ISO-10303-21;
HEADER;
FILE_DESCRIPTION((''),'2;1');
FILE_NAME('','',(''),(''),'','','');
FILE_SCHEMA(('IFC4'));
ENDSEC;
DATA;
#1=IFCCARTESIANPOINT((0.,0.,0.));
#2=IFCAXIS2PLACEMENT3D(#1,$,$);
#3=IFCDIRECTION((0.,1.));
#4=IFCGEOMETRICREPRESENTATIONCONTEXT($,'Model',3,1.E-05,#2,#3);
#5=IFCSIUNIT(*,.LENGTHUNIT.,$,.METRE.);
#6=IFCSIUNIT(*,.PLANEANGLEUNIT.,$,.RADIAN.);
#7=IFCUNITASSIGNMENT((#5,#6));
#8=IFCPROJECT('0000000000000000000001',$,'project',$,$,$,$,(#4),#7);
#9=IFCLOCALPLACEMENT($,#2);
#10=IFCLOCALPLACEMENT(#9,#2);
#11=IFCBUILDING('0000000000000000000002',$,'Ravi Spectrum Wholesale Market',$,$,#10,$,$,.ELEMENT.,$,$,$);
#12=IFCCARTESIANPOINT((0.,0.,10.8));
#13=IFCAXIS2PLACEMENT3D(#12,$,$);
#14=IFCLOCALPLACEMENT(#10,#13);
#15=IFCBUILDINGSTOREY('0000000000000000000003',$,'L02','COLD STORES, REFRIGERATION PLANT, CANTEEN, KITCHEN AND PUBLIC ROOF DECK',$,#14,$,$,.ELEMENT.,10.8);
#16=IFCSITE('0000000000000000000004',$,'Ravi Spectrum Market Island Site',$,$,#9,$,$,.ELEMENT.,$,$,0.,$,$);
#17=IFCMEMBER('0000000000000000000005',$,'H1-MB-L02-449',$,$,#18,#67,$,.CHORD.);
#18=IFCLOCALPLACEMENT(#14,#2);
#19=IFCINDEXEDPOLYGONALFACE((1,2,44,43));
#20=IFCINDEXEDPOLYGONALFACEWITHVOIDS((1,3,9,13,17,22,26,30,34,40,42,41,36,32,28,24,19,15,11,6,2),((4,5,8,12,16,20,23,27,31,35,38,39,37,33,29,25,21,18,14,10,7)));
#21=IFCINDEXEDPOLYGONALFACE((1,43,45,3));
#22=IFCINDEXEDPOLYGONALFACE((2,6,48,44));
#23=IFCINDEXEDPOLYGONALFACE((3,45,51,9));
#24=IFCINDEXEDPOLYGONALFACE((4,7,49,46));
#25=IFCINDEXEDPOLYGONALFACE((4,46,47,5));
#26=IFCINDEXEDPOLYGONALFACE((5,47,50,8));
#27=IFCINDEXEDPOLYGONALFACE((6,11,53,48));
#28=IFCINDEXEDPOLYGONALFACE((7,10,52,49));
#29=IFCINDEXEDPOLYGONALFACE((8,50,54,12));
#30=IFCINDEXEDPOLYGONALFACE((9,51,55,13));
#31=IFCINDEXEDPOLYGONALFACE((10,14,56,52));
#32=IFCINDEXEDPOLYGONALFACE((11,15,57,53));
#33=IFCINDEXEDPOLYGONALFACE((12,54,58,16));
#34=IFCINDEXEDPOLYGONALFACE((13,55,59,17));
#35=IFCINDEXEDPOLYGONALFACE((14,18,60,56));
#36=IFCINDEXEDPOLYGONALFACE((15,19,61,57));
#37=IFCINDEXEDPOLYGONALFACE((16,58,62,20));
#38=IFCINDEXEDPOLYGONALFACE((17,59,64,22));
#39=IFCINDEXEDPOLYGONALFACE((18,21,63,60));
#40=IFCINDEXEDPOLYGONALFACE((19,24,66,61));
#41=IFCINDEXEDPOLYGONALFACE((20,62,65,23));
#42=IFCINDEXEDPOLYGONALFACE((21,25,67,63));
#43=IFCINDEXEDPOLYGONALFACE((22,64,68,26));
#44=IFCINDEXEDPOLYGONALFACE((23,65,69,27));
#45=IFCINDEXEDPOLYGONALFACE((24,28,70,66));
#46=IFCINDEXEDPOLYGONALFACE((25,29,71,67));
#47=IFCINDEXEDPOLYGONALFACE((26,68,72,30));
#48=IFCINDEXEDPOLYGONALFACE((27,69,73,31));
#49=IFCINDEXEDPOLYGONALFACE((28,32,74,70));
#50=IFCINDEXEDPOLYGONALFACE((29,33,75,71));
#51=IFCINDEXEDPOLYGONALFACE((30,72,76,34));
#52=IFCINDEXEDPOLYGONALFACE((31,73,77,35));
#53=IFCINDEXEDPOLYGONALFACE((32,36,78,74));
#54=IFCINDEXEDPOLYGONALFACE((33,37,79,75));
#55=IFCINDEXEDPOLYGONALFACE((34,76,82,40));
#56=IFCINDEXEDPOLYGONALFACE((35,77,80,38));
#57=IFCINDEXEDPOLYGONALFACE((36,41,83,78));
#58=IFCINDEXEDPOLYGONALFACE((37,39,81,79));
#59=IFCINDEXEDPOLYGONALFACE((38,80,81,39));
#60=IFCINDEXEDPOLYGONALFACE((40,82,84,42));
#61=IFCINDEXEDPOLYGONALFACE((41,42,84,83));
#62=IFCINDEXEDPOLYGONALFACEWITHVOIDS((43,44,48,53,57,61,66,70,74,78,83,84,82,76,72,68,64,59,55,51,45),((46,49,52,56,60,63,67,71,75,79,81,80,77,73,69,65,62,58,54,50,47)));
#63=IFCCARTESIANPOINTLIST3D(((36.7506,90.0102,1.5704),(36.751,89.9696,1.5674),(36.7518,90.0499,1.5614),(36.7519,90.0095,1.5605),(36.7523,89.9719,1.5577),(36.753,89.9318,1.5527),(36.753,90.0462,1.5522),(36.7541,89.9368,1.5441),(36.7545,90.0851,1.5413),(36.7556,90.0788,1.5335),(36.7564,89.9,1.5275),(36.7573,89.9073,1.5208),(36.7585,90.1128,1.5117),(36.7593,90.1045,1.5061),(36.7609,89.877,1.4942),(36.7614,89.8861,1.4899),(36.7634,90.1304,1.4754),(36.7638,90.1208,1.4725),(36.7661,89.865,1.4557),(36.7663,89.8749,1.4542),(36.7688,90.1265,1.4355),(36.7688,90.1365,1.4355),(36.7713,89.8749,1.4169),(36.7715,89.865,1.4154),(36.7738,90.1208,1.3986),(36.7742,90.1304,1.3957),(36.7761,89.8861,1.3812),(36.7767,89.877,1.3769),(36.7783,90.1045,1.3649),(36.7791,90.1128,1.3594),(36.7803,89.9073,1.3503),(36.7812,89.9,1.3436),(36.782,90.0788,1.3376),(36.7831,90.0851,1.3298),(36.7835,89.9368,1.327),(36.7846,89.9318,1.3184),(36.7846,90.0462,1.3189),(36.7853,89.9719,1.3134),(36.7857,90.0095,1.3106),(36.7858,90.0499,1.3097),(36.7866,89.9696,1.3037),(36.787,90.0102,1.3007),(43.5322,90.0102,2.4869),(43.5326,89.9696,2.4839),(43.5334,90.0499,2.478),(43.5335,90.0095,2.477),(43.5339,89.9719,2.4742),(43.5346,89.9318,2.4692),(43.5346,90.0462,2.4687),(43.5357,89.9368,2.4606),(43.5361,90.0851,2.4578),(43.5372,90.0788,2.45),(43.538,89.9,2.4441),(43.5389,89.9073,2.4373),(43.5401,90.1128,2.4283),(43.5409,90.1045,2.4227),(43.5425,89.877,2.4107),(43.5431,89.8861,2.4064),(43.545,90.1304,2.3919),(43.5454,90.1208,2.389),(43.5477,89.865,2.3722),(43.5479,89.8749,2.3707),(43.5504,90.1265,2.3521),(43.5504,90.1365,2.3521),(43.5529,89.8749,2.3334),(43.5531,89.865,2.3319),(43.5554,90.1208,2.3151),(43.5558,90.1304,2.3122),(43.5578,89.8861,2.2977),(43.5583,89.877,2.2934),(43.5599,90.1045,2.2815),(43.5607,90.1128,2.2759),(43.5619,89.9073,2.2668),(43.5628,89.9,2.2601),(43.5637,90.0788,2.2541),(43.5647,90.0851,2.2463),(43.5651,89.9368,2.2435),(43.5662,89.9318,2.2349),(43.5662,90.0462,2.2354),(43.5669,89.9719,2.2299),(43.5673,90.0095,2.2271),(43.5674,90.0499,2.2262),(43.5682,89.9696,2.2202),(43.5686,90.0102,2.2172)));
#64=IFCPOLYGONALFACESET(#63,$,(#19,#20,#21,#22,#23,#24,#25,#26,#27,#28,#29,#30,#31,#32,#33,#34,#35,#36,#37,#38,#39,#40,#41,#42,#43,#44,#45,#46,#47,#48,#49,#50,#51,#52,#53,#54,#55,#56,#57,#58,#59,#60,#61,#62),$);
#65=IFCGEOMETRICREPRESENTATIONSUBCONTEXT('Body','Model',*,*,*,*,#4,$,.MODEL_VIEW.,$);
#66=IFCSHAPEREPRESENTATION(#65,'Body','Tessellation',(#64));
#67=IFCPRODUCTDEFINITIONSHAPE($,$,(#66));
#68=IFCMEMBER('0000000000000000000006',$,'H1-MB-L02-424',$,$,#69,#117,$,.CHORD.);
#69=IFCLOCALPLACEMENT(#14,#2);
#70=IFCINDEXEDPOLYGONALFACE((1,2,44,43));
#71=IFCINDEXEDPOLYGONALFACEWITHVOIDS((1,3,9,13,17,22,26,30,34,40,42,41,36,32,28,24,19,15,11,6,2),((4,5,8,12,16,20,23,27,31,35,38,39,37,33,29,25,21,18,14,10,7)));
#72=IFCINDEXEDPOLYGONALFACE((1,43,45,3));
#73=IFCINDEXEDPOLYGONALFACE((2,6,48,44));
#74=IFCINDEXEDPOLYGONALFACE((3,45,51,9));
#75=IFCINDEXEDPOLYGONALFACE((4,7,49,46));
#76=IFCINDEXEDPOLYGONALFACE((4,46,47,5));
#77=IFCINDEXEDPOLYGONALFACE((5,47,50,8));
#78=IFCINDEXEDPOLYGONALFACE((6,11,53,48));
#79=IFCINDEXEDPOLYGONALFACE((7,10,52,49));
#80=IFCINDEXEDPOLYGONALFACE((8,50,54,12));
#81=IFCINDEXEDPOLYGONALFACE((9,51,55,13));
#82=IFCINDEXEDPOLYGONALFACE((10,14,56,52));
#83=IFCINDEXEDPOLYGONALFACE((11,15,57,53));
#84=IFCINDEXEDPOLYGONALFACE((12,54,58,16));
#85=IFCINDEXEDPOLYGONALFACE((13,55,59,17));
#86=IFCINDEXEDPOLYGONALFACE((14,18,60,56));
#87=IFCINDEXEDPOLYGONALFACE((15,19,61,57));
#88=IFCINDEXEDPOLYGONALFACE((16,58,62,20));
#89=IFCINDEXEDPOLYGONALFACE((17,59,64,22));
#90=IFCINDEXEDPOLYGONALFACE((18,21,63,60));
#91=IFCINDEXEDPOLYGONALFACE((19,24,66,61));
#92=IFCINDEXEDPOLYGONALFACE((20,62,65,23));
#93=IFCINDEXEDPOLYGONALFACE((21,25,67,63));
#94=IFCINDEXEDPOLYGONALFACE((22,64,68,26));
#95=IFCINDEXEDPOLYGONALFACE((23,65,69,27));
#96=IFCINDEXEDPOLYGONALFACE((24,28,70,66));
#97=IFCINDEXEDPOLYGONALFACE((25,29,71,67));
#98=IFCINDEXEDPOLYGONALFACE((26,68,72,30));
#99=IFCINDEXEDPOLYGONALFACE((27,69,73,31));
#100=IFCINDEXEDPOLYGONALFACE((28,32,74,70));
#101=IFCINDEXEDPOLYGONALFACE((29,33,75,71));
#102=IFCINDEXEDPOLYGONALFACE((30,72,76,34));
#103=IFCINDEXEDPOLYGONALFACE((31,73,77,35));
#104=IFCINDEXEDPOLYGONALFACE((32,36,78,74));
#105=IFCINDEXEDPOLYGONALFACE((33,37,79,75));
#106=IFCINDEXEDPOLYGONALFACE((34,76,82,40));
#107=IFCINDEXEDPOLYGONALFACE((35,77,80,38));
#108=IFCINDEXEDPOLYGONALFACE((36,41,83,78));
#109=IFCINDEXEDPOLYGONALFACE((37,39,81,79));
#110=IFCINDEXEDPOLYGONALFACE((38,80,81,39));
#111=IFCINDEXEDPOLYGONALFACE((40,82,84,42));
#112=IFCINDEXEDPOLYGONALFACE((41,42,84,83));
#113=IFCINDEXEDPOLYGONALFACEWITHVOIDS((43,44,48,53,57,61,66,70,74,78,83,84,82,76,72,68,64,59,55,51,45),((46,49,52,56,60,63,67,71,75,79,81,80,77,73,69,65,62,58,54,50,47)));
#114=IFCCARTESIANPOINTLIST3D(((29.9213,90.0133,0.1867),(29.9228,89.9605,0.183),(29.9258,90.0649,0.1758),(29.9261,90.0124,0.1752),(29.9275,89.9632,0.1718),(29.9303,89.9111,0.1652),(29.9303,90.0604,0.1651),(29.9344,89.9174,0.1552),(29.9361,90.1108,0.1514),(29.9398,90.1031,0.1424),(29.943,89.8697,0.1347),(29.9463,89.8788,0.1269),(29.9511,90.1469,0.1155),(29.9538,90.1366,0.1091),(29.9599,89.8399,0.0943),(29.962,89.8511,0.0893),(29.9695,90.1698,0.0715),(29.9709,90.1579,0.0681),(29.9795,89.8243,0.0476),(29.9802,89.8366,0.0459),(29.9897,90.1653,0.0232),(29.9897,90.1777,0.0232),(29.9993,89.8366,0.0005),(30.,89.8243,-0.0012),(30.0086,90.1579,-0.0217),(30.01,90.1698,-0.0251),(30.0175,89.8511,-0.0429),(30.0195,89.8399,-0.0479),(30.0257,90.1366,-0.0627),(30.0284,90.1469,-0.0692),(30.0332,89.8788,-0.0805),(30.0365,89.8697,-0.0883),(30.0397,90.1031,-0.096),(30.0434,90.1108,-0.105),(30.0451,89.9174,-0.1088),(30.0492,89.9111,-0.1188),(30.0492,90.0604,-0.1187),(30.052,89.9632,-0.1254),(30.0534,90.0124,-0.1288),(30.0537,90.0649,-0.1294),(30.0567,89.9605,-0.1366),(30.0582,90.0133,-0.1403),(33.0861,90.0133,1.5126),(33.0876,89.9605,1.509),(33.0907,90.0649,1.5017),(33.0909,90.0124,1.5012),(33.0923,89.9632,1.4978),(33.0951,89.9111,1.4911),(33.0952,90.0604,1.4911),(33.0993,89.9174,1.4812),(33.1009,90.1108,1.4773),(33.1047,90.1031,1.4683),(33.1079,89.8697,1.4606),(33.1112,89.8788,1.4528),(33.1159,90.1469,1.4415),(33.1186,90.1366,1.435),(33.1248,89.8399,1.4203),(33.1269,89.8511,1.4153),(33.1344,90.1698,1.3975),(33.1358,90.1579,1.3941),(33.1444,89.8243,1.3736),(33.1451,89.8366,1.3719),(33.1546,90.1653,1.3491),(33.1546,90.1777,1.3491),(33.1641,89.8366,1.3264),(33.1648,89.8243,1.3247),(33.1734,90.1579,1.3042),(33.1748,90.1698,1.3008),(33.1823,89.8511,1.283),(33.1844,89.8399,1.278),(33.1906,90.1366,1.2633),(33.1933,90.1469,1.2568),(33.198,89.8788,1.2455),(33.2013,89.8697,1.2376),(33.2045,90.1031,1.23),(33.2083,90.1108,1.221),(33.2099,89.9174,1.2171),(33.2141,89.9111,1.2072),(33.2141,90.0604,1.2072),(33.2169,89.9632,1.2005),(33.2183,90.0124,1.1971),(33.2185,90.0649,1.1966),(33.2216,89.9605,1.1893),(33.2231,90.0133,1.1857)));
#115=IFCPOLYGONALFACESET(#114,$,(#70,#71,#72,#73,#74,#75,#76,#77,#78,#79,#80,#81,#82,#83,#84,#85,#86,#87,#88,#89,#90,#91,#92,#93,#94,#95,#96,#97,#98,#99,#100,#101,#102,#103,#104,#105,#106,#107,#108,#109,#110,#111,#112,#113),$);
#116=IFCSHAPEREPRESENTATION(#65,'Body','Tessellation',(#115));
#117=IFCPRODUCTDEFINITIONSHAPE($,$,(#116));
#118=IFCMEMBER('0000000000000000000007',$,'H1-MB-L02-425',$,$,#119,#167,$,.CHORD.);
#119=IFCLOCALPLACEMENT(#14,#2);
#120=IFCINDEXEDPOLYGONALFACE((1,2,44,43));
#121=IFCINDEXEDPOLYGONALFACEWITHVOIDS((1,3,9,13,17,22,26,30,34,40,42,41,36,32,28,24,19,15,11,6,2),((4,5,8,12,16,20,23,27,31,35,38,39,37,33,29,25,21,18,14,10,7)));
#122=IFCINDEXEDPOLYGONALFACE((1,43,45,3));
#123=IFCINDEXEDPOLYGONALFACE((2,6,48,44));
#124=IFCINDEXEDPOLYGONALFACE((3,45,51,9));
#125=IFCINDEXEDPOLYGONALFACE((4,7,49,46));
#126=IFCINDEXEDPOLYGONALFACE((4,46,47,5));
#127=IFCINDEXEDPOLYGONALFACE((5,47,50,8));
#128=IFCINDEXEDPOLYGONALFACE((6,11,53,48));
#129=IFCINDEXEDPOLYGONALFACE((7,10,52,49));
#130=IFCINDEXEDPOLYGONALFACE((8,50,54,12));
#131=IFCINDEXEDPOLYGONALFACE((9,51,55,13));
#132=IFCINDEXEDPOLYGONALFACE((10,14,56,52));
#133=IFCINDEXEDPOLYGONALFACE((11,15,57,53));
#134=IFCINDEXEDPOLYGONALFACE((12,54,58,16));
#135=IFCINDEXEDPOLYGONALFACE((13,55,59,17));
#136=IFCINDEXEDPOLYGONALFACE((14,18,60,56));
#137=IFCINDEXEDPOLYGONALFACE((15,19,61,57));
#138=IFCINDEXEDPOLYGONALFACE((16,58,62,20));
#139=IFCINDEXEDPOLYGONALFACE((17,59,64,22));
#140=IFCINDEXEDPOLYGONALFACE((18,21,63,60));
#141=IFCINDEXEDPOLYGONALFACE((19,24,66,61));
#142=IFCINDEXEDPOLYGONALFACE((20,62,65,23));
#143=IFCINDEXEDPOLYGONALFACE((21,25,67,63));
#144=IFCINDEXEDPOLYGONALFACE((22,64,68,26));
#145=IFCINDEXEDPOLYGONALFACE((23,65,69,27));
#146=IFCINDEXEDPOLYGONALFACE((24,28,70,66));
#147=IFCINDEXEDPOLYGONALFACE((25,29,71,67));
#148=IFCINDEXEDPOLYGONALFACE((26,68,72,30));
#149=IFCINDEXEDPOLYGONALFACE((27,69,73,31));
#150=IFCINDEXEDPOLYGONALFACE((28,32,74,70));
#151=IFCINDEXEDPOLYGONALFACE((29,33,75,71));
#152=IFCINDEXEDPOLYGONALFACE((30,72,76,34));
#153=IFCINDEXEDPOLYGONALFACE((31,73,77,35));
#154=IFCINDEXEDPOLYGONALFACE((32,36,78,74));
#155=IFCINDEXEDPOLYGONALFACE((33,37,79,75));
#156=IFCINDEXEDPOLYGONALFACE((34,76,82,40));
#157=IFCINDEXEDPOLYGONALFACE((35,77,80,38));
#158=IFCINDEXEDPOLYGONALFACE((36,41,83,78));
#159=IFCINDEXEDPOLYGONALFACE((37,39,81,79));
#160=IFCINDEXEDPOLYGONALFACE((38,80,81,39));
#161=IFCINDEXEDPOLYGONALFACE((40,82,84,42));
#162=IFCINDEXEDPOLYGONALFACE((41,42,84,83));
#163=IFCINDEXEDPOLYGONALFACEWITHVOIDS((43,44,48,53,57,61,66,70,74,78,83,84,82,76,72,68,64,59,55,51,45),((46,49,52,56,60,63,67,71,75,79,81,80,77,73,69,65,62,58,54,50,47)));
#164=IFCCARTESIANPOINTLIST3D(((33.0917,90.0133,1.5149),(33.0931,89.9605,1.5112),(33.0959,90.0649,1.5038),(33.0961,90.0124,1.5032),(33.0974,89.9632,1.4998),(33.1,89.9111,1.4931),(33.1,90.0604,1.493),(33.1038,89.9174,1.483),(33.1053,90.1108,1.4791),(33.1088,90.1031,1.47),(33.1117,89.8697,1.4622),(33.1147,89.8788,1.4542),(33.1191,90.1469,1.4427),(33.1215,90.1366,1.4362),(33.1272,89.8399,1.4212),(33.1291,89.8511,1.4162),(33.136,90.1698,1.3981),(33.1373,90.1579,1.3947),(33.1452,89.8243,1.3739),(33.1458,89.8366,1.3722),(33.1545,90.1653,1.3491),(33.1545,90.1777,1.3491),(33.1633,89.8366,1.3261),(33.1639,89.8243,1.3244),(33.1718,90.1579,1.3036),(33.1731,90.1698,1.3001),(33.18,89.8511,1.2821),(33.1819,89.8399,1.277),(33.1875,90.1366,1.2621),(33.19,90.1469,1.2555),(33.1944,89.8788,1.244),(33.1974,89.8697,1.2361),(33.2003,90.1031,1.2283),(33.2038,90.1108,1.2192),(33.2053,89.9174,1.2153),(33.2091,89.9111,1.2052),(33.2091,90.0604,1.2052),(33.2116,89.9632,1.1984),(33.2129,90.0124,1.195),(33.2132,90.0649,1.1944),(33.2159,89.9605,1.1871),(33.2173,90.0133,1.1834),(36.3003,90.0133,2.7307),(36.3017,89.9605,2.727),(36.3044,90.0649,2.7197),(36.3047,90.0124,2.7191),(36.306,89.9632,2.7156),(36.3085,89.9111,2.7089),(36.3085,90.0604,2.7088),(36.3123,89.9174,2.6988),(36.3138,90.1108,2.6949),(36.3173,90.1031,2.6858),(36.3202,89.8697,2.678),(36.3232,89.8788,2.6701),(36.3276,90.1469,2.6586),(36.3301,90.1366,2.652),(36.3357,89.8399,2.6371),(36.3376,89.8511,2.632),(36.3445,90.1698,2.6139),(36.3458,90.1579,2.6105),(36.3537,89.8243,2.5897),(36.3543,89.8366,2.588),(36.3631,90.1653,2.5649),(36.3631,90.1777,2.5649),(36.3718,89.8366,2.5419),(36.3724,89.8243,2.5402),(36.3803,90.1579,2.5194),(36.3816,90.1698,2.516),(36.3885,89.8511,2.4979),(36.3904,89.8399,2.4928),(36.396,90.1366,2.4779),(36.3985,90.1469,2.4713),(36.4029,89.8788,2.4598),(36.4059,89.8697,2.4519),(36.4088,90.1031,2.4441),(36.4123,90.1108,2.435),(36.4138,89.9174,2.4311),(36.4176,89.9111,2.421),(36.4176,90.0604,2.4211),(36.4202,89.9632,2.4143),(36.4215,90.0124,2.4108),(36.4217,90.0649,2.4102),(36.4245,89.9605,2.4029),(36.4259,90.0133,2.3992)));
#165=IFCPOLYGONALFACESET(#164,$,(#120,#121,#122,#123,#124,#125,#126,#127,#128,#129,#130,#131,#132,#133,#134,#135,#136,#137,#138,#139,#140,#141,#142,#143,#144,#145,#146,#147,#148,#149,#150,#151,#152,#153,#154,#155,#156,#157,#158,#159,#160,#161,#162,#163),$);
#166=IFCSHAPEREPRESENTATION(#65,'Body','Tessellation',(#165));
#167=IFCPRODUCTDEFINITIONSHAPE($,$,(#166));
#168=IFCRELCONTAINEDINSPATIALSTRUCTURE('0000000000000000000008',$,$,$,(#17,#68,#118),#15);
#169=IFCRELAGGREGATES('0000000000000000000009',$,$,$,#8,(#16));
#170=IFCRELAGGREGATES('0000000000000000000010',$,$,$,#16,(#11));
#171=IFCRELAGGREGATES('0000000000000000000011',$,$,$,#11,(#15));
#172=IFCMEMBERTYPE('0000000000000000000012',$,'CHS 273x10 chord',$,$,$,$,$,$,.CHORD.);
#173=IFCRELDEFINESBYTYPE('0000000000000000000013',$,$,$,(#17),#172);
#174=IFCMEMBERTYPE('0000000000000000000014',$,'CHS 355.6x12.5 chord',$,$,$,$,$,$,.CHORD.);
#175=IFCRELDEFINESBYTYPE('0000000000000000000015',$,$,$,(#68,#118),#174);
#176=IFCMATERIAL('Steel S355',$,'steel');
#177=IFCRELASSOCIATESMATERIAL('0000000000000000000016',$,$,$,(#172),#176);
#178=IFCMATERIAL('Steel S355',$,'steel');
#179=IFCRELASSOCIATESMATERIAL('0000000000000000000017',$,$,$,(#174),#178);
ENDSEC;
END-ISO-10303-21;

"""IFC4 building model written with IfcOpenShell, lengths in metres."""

from ifc_helpers import new_model, si_unit, direction, frame, origin, origin_2d, place, context, subcontext, project, spatial, hollow_circle, extrude, material, material_profile, profile_set, type_object, element, save


model = new_model("IFC4")

# Units and contexts
model_context = context("Model", 3, precision=1e-05, world=origin(), true_north=direction((0.0, 1.0)))
body_context = subcontext(model_context, "Body", "Model", "MODEL_VIEW")
ifc_project = project(units=[si_unit("LENGTHUNIT", "METRE"), si_unit("PLANEANGLEUNIT", "RADIAN")], contexts=[model_context])

# Site, building, storey
site_placement = place(None, origin())
site = spatial("IfcSite", under=ifc_project, at=site_placement, Name="Ravi Spectrum Market Island Site", CompositionType="ELEMENT", RefElevation=0.0)
building_placement = place(site_placement, origin())
building = spatial("IfcBuilding", under=site, at=building_placement, Name="Ravi Spectrum Wholesale Market", CompositionType="ELEMENT")
storey_placement = place(building_placement, frame((0.0, 0.0, 10.8)))
storey = spatial("IfcBuildingStorey", under=building, at=storey_placement, Name="L02", Description="COLD STORES, REFRIGERATION PLANT, CANTEEN, KITCHEN AND PUBLIC ROOF DECK", CompositionType="ELEMENT", Elevation=10.8)

# Members
ifc_material_1 = material(Name="Steel S355", Category="steel")
ifc_material_profile_1 = material_profile(ifc_material_1, hollow_circle(Radius=0.1365, WallThickness=0.01, at=origin_2d()))
ifc_profile_set_1 = profile_set([ifc_material_profile_1], Name="Steel S355")
member_type_1 = type_object("IfcMemberType", Name="CHS 273x10 chord", PredefinedType="CHORD", material=ifc_profile_set_1)
member_1_placement = place(storey_placement, frame((36.7688, 90.0, 1.4355), z_axis=(0.990991, 0.0, 0.13393), x_axis=(0.0, 1.0, 0.0)))
element("IfcMember", 1, at=member_1_placement, inside=storey, type_object=member_type_1, Name="H1-MB-L02-449", PredefinedType="CHORD", context=body_context, shape_type="SweptSolid", body=[
    extrude(hollow_circle(Radius=0.1365, WallThickness=0.01, at=origin_2d()), origin(), (0.0, 0.0, 1.0), 6.8433),
])
ifc_material_2 = material(Name="Steel S355", Category="steel")
ifc_material_profile_2 = material_profile(ifc_material_2, hollow_circle(Radius=0.1777, WallThickness=0.0125, at=origin_2d()))
ifc_profile_set_2 = profile_set([ifc_material_profile_2], Name="Steel S355")
member_type_2 = type_object("IfcMemberType", Name="CHS 355.6x12.5 chord", PredefinedType="CHORD", material=ifc_profile_set_2)
member_2_placement = place(storey_placement, frame((29.9897, 90.0, 0.0232), z_axis=(0.922324, 0.0, 0.386418), x_axis=(0.0, 1.0, 0.0)))
element("IfcMember", 2, at=member_2_placement, inside=storey, type_object=member_type_2, Name="H1-MB-L02-424", PredefinedType="CHORD", context=body_context, shape_type="SweptSolid", body=[
    extrude(hollow_circle(Radius=0.1777, WallThickness=0.0125, at=origin_2d()), origin(), (0.0, 0.0, 1.0), 3.4314),
])
for number, where, z_axis, x_axis, name in (
    (3, (33.1545, 90.0, 1.3491), (0.935113, 0.0, 0.35435), (0.0, 1.0, 0.0), "H1-MB-L02-425"),
):
    element("IfcMember", number, at=place(storey_placement, frame(where, z_axis=z_axis, x_axis=x_axis)), inside=storey, type_object=member_type_2, Name=name, PredefinedType="CHORD", context=body_context, shape_type="SweptSolid", body=[
        extrude(hollow_circle(Radius=0.1777, WallThickness=0.0125, at=origin_2d()), origin(), (0.0, 0.0, 1.0), 3.4312),
    ])

save(model, "model.ifc")
